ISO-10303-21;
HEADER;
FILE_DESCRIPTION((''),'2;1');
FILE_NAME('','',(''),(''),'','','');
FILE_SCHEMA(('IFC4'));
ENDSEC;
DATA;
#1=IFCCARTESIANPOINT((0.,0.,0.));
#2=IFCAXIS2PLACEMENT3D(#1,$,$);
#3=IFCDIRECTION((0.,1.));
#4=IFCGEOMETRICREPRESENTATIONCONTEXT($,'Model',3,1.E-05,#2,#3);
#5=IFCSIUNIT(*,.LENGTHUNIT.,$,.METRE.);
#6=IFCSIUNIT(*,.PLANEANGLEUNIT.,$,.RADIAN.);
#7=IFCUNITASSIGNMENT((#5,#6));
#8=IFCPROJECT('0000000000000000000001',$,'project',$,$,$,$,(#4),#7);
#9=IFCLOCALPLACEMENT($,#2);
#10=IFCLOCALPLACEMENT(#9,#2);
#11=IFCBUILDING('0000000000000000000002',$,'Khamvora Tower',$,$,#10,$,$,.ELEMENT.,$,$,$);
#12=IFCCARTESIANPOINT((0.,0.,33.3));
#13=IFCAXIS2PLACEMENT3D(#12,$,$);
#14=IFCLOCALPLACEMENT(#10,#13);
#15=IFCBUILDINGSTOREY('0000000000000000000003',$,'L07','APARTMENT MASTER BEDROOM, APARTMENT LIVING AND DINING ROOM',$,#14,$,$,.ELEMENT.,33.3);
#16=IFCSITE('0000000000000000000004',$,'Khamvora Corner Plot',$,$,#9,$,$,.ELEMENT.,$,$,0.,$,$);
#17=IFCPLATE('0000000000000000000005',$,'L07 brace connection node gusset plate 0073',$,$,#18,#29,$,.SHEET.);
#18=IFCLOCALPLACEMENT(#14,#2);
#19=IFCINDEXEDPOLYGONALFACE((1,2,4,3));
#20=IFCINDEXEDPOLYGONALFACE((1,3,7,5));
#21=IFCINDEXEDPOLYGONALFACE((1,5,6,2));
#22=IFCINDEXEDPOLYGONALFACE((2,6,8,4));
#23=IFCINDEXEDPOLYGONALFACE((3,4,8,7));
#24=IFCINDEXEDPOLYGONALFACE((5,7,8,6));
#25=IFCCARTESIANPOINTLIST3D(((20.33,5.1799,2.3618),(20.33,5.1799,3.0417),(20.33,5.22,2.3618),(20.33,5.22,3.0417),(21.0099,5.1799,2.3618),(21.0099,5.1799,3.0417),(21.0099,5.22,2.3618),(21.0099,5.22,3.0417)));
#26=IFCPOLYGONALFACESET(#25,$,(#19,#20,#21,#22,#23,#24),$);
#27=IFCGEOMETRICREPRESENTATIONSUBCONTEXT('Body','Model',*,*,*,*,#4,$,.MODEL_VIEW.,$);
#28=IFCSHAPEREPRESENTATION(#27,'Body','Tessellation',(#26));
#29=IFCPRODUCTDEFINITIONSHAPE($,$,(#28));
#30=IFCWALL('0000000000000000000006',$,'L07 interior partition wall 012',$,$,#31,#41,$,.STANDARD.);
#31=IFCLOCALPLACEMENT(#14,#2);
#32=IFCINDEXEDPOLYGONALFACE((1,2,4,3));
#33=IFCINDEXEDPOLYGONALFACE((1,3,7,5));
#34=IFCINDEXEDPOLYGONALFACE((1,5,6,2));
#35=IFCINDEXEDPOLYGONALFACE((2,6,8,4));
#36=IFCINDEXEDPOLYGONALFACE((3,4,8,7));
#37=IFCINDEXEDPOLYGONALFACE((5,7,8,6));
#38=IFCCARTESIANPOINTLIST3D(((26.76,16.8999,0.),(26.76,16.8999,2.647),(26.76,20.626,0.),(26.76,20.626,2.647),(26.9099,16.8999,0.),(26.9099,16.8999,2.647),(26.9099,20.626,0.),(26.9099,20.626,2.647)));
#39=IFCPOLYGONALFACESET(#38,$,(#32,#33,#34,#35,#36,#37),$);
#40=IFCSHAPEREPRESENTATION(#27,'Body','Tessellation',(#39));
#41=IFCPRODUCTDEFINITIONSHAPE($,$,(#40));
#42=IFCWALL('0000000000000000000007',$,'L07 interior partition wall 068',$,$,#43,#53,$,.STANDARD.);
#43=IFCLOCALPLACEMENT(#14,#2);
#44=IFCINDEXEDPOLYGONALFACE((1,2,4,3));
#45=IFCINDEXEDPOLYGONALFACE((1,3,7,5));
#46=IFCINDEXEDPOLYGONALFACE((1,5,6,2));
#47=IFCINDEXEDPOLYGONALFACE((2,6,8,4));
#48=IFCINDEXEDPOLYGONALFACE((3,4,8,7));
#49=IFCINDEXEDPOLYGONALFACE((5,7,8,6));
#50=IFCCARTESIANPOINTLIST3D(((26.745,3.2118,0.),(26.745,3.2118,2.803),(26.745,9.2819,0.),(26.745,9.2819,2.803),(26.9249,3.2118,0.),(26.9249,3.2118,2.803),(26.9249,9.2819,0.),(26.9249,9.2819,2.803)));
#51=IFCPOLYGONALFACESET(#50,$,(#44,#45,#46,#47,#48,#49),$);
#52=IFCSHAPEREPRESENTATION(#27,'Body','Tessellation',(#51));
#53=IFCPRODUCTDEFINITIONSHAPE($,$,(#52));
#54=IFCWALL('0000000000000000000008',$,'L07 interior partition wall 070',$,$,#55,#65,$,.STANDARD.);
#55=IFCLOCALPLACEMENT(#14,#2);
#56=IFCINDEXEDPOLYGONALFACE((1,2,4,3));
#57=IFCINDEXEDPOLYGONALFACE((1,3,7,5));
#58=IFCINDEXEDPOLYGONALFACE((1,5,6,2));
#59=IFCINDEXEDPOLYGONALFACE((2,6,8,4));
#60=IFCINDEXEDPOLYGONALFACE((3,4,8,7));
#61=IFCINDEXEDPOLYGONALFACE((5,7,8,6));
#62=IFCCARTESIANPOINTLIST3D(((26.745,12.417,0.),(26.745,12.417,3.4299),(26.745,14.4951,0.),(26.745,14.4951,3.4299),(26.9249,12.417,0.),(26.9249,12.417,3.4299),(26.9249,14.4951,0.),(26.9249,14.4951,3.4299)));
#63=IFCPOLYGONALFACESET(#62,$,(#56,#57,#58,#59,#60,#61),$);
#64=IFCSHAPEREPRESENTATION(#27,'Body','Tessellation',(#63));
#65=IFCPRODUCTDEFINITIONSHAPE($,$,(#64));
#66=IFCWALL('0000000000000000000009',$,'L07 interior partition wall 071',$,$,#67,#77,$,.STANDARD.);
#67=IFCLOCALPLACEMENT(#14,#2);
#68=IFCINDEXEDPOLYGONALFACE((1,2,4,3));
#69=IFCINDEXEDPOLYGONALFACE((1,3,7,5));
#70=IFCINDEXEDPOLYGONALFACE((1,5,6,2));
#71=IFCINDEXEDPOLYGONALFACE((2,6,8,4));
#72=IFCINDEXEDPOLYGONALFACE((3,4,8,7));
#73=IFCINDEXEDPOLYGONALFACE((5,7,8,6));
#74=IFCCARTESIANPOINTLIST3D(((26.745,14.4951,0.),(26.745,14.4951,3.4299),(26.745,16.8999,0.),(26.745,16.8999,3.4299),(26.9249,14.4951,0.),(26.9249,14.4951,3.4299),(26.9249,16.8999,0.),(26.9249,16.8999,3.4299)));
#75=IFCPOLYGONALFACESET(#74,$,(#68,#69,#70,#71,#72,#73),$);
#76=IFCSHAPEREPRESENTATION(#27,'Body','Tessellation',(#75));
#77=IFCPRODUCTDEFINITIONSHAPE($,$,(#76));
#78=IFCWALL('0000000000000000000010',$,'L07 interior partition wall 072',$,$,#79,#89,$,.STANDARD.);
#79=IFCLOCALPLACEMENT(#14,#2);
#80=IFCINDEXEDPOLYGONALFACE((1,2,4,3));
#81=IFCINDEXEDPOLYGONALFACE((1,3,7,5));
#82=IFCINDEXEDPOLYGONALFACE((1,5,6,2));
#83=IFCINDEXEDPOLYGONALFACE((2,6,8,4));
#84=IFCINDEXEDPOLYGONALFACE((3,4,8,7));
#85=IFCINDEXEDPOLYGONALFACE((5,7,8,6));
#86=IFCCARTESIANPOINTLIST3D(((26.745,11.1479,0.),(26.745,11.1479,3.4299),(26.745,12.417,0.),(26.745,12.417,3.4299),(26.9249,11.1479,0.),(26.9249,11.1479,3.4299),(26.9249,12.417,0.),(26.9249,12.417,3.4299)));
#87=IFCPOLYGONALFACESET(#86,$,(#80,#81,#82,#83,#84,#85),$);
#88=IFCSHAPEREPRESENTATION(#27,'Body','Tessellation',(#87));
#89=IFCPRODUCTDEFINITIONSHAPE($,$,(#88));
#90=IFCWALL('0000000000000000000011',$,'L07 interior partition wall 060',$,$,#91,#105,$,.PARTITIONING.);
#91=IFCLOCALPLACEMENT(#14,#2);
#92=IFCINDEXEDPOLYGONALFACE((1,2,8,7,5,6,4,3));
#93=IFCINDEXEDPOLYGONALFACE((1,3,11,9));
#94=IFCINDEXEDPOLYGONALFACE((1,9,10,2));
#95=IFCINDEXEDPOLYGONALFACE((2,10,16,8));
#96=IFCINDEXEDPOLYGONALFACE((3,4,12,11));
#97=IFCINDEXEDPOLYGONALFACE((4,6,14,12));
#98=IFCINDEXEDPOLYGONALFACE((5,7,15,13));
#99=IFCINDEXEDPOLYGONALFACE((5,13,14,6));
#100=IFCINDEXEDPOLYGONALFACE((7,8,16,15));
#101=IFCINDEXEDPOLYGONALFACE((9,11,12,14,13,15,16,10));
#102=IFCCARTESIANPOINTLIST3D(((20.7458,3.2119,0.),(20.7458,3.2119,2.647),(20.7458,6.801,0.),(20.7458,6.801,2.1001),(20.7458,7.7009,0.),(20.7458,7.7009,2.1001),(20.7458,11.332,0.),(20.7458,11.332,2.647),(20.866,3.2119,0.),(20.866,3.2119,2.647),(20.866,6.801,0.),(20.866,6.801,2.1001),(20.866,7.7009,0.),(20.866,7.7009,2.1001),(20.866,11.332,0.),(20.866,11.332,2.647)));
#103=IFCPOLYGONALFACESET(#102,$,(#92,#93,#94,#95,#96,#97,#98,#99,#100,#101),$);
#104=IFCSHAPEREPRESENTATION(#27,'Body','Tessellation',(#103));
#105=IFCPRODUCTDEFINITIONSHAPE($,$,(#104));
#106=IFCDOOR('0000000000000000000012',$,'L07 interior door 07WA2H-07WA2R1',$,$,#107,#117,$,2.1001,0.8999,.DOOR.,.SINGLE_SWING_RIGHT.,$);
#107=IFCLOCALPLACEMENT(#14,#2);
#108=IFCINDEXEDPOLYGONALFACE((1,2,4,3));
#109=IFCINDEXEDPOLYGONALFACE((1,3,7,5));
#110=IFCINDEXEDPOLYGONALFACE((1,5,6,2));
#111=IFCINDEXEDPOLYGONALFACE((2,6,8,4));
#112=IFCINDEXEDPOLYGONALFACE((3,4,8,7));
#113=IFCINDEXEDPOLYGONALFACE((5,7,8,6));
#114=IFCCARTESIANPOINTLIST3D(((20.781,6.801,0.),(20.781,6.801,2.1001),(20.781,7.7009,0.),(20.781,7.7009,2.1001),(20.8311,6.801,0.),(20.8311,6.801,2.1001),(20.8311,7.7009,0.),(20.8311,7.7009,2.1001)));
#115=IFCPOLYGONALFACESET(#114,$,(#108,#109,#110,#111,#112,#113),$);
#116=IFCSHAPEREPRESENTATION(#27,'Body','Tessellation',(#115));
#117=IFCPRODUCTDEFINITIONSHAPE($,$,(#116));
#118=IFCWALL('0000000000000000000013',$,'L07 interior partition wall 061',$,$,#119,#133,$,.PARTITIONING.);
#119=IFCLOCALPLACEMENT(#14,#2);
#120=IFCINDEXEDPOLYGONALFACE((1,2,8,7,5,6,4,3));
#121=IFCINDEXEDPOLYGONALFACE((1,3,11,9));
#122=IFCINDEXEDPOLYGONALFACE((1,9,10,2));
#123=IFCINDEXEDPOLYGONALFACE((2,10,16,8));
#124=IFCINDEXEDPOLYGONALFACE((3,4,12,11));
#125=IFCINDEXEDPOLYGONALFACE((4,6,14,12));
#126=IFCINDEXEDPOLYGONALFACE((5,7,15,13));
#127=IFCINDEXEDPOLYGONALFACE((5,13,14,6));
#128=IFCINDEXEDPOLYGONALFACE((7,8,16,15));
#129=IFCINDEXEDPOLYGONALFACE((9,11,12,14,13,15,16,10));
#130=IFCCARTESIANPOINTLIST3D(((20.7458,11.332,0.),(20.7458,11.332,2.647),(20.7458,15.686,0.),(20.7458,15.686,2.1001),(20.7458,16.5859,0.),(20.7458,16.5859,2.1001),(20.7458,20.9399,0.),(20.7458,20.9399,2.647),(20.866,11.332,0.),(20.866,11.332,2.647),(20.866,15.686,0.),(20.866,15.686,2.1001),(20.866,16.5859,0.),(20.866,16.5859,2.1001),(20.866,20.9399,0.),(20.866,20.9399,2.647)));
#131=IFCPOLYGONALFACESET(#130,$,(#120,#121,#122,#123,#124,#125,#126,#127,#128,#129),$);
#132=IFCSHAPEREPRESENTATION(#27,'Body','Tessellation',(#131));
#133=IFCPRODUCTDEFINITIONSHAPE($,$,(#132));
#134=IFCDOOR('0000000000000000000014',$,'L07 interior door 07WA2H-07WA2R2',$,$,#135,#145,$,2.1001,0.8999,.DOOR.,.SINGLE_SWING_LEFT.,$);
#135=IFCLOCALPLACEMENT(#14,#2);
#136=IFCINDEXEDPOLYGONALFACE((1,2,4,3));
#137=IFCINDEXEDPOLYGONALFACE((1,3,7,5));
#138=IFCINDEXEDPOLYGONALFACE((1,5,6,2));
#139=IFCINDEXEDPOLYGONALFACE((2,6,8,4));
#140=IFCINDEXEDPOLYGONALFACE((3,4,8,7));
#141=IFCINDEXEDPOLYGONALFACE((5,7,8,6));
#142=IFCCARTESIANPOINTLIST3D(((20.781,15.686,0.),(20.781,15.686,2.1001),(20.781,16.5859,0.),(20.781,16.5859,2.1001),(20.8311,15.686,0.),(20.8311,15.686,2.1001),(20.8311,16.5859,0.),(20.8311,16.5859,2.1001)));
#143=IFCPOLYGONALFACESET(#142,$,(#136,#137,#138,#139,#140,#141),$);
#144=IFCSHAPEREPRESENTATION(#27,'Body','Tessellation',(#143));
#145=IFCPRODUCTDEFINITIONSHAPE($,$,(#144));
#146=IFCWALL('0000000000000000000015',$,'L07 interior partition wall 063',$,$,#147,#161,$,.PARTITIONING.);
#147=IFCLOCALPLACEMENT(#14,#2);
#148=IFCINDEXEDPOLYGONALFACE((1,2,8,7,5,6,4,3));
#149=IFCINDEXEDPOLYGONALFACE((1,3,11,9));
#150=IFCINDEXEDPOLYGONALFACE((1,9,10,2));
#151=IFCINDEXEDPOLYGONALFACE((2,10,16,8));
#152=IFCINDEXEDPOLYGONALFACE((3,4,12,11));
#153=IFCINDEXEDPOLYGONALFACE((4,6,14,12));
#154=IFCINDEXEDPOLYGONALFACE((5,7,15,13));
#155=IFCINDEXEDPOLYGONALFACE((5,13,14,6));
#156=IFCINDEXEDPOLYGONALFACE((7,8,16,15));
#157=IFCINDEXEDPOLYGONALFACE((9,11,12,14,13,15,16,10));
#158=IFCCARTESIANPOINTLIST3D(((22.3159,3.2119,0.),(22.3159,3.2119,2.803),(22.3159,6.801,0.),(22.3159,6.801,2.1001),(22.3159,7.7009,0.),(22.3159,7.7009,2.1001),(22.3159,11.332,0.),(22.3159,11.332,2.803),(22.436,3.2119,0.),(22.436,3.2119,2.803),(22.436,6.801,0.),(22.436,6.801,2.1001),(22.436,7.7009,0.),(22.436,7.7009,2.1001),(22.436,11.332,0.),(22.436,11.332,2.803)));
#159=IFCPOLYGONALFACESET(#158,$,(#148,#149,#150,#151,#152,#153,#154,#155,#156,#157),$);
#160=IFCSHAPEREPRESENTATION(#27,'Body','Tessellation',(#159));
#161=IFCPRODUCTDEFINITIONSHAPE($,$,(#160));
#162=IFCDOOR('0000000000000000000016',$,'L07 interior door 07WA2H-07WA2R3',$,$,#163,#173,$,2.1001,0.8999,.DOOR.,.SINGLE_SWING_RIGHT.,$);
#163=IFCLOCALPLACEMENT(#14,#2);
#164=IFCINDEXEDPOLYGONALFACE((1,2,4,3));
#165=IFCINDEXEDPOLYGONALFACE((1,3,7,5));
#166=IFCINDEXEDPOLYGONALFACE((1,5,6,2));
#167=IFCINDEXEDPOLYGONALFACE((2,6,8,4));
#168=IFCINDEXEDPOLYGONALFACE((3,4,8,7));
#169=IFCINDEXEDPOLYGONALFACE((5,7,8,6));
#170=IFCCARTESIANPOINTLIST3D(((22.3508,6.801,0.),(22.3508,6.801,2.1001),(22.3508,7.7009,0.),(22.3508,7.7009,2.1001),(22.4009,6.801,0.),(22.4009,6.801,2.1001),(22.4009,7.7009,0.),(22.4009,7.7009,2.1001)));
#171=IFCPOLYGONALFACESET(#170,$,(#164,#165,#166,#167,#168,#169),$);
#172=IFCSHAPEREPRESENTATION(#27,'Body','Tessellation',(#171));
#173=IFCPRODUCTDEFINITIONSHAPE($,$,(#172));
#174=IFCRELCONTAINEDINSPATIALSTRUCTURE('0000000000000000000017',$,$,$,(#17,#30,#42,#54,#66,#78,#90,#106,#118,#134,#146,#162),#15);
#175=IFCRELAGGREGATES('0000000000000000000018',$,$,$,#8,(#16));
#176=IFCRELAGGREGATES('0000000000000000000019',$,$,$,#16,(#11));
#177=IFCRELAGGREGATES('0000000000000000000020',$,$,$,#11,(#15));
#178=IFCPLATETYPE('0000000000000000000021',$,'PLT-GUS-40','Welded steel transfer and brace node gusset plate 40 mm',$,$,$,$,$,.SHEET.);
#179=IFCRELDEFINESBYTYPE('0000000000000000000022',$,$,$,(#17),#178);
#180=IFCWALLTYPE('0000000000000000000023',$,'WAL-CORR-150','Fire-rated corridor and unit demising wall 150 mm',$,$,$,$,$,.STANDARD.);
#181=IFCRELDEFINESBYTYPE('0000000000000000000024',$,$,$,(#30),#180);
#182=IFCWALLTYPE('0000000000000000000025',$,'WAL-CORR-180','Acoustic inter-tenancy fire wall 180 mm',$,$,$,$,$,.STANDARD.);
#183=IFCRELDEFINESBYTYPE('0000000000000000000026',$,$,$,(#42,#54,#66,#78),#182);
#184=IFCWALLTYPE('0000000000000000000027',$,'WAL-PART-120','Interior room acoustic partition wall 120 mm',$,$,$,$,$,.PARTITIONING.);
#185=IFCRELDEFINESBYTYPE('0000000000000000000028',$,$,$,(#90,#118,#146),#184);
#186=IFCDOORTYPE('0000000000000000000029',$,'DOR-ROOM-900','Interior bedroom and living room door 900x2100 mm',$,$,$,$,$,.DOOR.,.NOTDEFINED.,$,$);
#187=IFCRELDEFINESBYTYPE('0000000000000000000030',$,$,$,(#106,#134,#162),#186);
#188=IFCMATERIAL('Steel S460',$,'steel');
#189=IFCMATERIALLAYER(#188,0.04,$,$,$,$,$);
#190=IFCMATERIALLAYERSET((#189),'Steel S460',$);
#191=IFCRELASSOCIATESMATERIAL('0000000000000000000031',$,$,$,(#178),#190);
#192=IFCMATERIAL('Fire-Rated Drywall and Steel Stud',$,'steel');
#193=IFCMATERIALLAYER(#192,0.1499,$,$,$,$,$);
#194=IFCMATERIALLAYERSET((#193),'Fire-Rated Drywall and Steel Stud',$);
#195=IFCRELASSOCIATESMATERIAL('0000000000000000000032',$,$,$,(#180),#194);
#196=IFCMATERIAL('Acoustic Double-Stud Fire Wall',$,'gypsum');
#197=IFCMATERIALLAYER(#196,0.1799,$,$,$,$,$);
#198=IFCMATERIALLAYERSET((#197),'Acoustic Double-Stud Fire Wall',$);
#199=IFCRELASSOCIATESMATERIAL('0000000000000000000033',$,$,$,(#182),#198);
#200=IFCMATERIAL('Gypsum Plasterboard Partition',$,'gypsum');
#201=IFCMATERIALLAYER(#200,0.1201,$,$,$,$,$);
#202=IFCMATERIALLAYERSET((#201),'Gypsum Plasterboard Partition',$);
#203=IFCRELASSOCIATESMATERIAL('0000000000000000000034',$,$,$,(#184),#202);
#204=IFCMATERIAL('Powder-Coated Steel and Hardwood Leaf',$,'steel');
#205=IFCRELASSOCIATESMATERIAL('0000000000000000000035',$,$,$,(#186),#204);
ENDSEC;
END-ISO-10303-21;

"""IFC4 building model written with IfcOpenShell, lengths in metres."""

from ifc_helpers import new_model, si_unit, direction, frame, frame_2d, origin, origin_2d, place, context, subcontext, project, spatial, rectangle, extrude, material, layer, layer_set, type_object, element, fill, save


model = new_model("IFC4")

# Units and contexts
model_context = context("Model", 3, precision=1e-05, world=origin(), true_north=direction((0.0, 1.0)))
body_context = subcontext(model_context, "Body", "Model", "MODEL_VIEW")
ifc_project = project(units=[si_unit("LENGTHUNIT", "METRE"), si_unit("PLANEANGLEUNIT", "RADIAN")], contexts=[model_context])

# Site, building, storey
site_placement = place(None, origin())
site = spatial("IfcSite", under=ifc_project, at=site_placement, Name="Khamvora Corner Plot", CompositionType="ELEMENT", RefElevation=0.0)
building_placement = place(site_placement, origin())
building = spatial("IfcBuilding", under=site, at=building_placement, Name="Khamvora Tower", CompositionType="ELEMENT")
storey_placement = place(building_placement, frame((0.0, 0.0, 33.3)))
storey = spatial("IfcBuildingStorey", under=building, at=storey_placement, Name="L07", Description="APARTMENT MASTER BEDROOM, APARTMENT LIVING AND DINING ROOM", CompositionType="ELEMENT", Elevation=33.3)

# Shared definitions
ifc_material_1 = material(Name="Steel S460", Category="steel")

# Plate
ifc_layer_1 = layer(ifc_material_1, 0.04)
ifc_layer_set_1 = layer_set([ifc_layer_1], Name="Steel S460")
plate_type_1 = type_object("IfcPlateType", Name="PLT-GUS-40", Description="Welded steel transfer and brace node gusset plate 40 mm", PredefinedType="SHEET", material=ifc_layer_set_1)
plate_1_placement = place(storey_placement, frame((20.6699, 5.2, 2.3618), z_axis=(0.0, 0.0, 1.0), x_axis=(1.0, 0.0, 0.0)))
element("IfcPlate", 1, at=plate_1_placement, inside=storey, type_object=plate_type_1, Name="L07 brace connection node gusset plate 0073", PredefinedType="SHEET", context=body_context, shape_type="SweptSolid", body=[
    extrude(rectangle(XDim=0.6799, YDim=0.04, at=origin_2d()), origin(), (0.0, 0.0, 1.0), 0.6799),
])

# Walls
ifc_material_2 = material(Name="Fire-Rated Drywall and Steel Stud", Category="steel")
ifc_layer_2 = layer(ifc_material_2, 0.1499)
ifc_layer_set_2 = layer_set([ifc_layer_2], Name="Fire-Rated Drywall and Steel Stud")
wall_type_1 = type_object("IfcWallType", Name="WAL-CORR-150", Description="Fire-rated corridor and unit demising wall 150 mm", PredefinedType="STANDARD", material=ifc_layer_set_2)
wall_1_placement = place(storey_placement, frame((26.835, 16.8999, 0.0), z_axis=(0.0, 0.0, 1.0), x_axis=(0.0, 1.0, 0.0)))
element("IfcWall", 2, at=wall_1_placement, inside=storey, type_object=wall_type_1, Name="L07 interior partition wall 012", PredefinedType="STANDARD", context=body_context, shape_type="SweptSolid", body=[
    extrude(rectangle(XDim=3.7261, YDim=0.1499, at=frame_2d((1.863, 0.0))), origin(), (0.0, 0.0, 1.0), 2.647),
])
ifc_material_3 = material(Name="Acoustic Double-Stud Fire Wall", Category="gypsum")
ifc_layer_3 = layer(ifc_material_3, 0.1799)
ifc_layer_set_3 = layer_set([ifc_layer_3], Name="Acoustic Double-Stud Fire Wall")
wall_type_2 = type_object("IfcWallType", Name="WAL-CORR-180", Description="Acoustic inter-tenancy fire wall 180 mm", PredefinedType="STANDARD", material=ifc_layer_set_3)
wall_2_placement = place(storey_placement, frame((26.835, 9.282, 0.0), z_axis=(0.0, 0.0, 1.0), x_axis=(0.0, -1.0, 0.0)))
element("IfcWall", 3, at=wall_2_placement, inside=storey, type_object=wall_type_2, Name="L07 interior partition wall 068", PredefinedType="STANDARD", context=body_context, shape_type="SweptSolid", body=[
    extrude(rectangle(XDim=6.0701, YDim=0.1799, at=frame_2d((3.0352, 0.0))), origin(), (0.0, 0.0, 1.0), 2.803),
])
wall_3_placement = place(storey_placement, frame((26.835, 14.4951, 0.0), z_axis=(0.0, 0.0, 1.0), x_axis=(0.0, -1.0, 0.0)))
element("IfcWall", 4, at=wall_3_placement, inside=storey, type_object=wall_type_2, Name="L07 interior partition wall 070", PredefinedType="STANDARD", context=body_context, shape_type="SweptSolid", body=[
    extrude(rectangle(XDim=2.0781, YDim=0.1799, at=frame_2d((1.0391, 0.0))), origin(), (0.0, 0.0, 1.0), 3.4299),
])
wall_4_placement = place(storey_placement, frame((26.835, 16.8999, 0.0), z_axis=(0.0, 0.0, 1.0), x_axis=(0.0, -1.0, 0.0)))
element("IfcWall", 5, at=wall_4_placement, inside=storey, type_object=wall_type_2, Name="L07 interior partition wall 071", PredefinedType="STANDARD", context=body_context, shape_type="SweptSolid", body=[
    extrude(rectangle(XDim=2.4048, YDim=0.1799, at=frame_2d((1.2024, 0.0))), origin(), (0.0, 0.0, 1.0), 3.4299),
])
wall_5_placement = place(storey_placement, frame((26.835, 12.417, 0.0), z_axis=(0.0, 0.0, 1.0), x_axis=(0.0, -1.0, 0.0)))
element("IfcWall", 6, at=wall_5_placement, inside=storey, type_object=wall_type_2, Name="L07 interior partition wall 072", PredefinedType="STANDARD", context=body_context, shape_type="SweptSolid", body=[
    extrude(rectangle(XDim=1.269, YDim=0.1799, at=frame_2d((0.6345, 0.0))), origin(), (0.0, 0.0, 1.0), 3.4299),
])

# Walls, openings, doors
ifc_material_4 = material(Name="Gypsum Plasterboard Partition", Category="gypsum")
ifc_layer_4 = layer(ifc_material_4, 0.1201)
ifc_layer_set_4 = layer_set([ifc_layer_4], Name="Gypsum Plasterboard Partition")
wall_type_3 = type_object("IfcWallType", Name="WAL-PART-120", Description="Interior room acoustic partition wall 120 mm", PredefinedType="PARTITIONING", material=ifc_layer_set_4)
wall_6_placement = place(storey_placement, frame((20.8059, 3.2119, 0.0), z_axis=(0.0, 0.0, 1.0), x_axis=(0.0, 1.0, 0.0)))
wall_6 = element("IfcWall", 7, at=wall_6_placement, inside=storey, type_object=wall_type_3, Name="L07 interior partition wall 060", PredefinedType="PARTITIONING", context=body_context, shape_type="SweptSolid", body=[
    extrude(rectangle(XDim=8.1201, YDim=0.1201, at=frame_2d((4.0601, 0.0))), origin(), (0.0, 0.0, 1.0), 2.647),
])
opening_1_placement = place(wall_6_placement, frame((3.5891, 0.0, 0.0)))
opening_1 = element("IfcOpeningElement", 8, at=opening_1_placement, cuts=wall_6, PredefinedType="OPENING", context=body_context, shape_type="SweptSolid", body=[
    extrude(rectangle(XDim=0.8999, YDim=2.1001, at=frame_2d((0.45, 1.05))), frame((0.0, 0.0701, 0.0), z_axis=(0.0, -1.0, 0.0), x_axis=(1.0, 0.0, 0.0)), (0.0, 0.0, 1.0), 0.1401),
])
ifc_material_5 = material(Name="Powder-Coated Steel and Hardwood Leaf", Category="steel")
door_type_1 = type_object("IfcDoorType", Name="DOR-ROOM-900", Description="Interior bedroom and living room door 900x2100 mm", OperationType="NOTDEFINED", PredefinedType="DOOR", material=ifc_material_5)
door_1_placement = place(opening_1_placement, origin())
door_1 = element("IfcDoor", 9, at=door_1_placement, inside=storey, type_object=door_type_1, Name="L07 interior door 07WA2H-07WA2R1", OperationType="SINGLE_SWING_RIGHT", OverallHeight=2.1001, OverallWidth=0.8999, PredefinedType="DOOR", context=body_context, shape_type="SweptSolid", body=[
    extrude(rectangle(XDim=0.8999, YDim=2.1001, at=frame_2d((0.45, 1.05))), frame((0.0, 0.0249, 0.0), z_axis=(0.0, -1.0, 0.0), x_axis=(1.0, 0.0, 0.0)), (0.0, 0.0, 1.0), 0.05),
])
fill(opening_1, door_1)
wall_7_placement = place(storey_placement, frame((20.8059, 11.332, 0.0), z_axis=(0.0, 0.0, 1.0), x_axis=(0.0, 1.0, 0.0)))
wall_7 = element("IfcWall", 10, at=wall_7_placement, inside=storey, type_object=wall_type_3, Name="L07 interior partition wall 061", PredefinedType="PARTITIONING", context=body_context, shape_type="SweptSolid", body=[
    extrude(rectangle(XDim=9.6079, YDim=0.1201, at=frame_2d((4.804, 0.0))), origin(), (0.0, 0.0, 1.0), 2.647),
])
opening_2_placement = place(wall_7_placement, frame((4.354, 0.0, 0.0)))
opening_2 = element("IfcOpeningElement", 11, at=opening_2_placement, cuts=wall_7, PredefinedType="OPENING", context=body_context, shape_type="SweptSolid", body=[
    extrude(rectangle(XDim=0.8999, YDim=2.1001, at=frame_2d((0.45, 1.05))), frame((0.0, 0.0701, 0.0), z_axis=(0.0, -1.0, 0.0), x_axis=(1.0, 0.0, 0.0)), (0.0, 0.0, 1.0), 0.1401),
])
door_2_placement = place(opening_2_placement, origin())
door_2 = element("IfcDoor", 12, at=door_2_placement, inside=storey, type_object=door_type_1, Name="L07 interior door 07WA2H-07WA2R2", OperationType="SINGLE_SWING_LEFT", OverallHeight=2.1001, OverallWidth=0.8999, PredefinedType="DOOR", context=body_context, shape_type="SweptSolid", body=[
    extrude(rectangle(XDim=0.8999, YDim=2.1001, at=frame_2d((0.45, 1.05))), frame((0.0, 0.0249, 0.0), z_axis=(0.0, -1.0, 0.0), x_axis=(1.0, 0.0, 0.0)), (0.0, 0.0, 1.0), 0.05),
])
fill(opening_2, door_2)
wall_8_placement = place(storey_placement, frame((22.376, 11.332, 0.0), z_axis=(0.0, 0.0, 1.0), x_axis=(0.0, -1.0, 0.0)))
wall_8 = element("IfcWall", 13, at=wall_8_placement, inside=storey, type_object=wall_type_3, Name="L07 interior partition wall 063", PredefinedType="PARTITIONING", context=body_context, shape_type="SweptSolid", body=[
    extrude(rectangle(XDim=8.1201, YDim=0.1201, at=frame_2d((4.0601, 0.0))), origin(), (0.0, 0.0, 1.0), 2.803),
])
opening_3_placement = place(wall_8_placement, frame((3.6311, 0.0, 0.0)))
opening_3 = element("IfcOpeningElement", 14, at=opening_3_placement, cuts=wall_8, PredefinedType="OPENING", context=body_context, shape_type="SweptSolid", body=[
    extrude(rectangle(XDim=0.8999, YDim=2.1001, at=frame_2d((0.45, 1.05))), frame((0.0, 0.0701, 0.0), z_axis=(0.0, -1.0, 0.0), x_axis=(1.0, 0.0, 0.0)), (0.0, 0.0, 1.0), 0.1401),
])
door_3_placement = place(opening_3_placement, origin())
door_3 = element("IfcDoor", 15, at=door_3_placement, inside=storey, type_object=door_type_1, Name="L07 interior door 07WA2H-07WA2R3", OperationType="SINGLE_SWING_RIGHT", OverallHeight=2.1001, OverallWidth=0.8999, PredefinedType="DOOR", context=body_context, shape_type="SweptSolid", body=[
    extrude(rectangle(XDim=0.8999, YDim=2.1001, at=frame_2d((0.45, 1.05))), frame((0.0, 0.0249, 0.0), z_axis=(0.0, -1.0, 0.0), x_axis=(1.0, 0.0, 0.0)), (0.0, 0.0, 1.0), 0.05),
])
fill(opening_3, door_3)

save(model, "model.ifc")
